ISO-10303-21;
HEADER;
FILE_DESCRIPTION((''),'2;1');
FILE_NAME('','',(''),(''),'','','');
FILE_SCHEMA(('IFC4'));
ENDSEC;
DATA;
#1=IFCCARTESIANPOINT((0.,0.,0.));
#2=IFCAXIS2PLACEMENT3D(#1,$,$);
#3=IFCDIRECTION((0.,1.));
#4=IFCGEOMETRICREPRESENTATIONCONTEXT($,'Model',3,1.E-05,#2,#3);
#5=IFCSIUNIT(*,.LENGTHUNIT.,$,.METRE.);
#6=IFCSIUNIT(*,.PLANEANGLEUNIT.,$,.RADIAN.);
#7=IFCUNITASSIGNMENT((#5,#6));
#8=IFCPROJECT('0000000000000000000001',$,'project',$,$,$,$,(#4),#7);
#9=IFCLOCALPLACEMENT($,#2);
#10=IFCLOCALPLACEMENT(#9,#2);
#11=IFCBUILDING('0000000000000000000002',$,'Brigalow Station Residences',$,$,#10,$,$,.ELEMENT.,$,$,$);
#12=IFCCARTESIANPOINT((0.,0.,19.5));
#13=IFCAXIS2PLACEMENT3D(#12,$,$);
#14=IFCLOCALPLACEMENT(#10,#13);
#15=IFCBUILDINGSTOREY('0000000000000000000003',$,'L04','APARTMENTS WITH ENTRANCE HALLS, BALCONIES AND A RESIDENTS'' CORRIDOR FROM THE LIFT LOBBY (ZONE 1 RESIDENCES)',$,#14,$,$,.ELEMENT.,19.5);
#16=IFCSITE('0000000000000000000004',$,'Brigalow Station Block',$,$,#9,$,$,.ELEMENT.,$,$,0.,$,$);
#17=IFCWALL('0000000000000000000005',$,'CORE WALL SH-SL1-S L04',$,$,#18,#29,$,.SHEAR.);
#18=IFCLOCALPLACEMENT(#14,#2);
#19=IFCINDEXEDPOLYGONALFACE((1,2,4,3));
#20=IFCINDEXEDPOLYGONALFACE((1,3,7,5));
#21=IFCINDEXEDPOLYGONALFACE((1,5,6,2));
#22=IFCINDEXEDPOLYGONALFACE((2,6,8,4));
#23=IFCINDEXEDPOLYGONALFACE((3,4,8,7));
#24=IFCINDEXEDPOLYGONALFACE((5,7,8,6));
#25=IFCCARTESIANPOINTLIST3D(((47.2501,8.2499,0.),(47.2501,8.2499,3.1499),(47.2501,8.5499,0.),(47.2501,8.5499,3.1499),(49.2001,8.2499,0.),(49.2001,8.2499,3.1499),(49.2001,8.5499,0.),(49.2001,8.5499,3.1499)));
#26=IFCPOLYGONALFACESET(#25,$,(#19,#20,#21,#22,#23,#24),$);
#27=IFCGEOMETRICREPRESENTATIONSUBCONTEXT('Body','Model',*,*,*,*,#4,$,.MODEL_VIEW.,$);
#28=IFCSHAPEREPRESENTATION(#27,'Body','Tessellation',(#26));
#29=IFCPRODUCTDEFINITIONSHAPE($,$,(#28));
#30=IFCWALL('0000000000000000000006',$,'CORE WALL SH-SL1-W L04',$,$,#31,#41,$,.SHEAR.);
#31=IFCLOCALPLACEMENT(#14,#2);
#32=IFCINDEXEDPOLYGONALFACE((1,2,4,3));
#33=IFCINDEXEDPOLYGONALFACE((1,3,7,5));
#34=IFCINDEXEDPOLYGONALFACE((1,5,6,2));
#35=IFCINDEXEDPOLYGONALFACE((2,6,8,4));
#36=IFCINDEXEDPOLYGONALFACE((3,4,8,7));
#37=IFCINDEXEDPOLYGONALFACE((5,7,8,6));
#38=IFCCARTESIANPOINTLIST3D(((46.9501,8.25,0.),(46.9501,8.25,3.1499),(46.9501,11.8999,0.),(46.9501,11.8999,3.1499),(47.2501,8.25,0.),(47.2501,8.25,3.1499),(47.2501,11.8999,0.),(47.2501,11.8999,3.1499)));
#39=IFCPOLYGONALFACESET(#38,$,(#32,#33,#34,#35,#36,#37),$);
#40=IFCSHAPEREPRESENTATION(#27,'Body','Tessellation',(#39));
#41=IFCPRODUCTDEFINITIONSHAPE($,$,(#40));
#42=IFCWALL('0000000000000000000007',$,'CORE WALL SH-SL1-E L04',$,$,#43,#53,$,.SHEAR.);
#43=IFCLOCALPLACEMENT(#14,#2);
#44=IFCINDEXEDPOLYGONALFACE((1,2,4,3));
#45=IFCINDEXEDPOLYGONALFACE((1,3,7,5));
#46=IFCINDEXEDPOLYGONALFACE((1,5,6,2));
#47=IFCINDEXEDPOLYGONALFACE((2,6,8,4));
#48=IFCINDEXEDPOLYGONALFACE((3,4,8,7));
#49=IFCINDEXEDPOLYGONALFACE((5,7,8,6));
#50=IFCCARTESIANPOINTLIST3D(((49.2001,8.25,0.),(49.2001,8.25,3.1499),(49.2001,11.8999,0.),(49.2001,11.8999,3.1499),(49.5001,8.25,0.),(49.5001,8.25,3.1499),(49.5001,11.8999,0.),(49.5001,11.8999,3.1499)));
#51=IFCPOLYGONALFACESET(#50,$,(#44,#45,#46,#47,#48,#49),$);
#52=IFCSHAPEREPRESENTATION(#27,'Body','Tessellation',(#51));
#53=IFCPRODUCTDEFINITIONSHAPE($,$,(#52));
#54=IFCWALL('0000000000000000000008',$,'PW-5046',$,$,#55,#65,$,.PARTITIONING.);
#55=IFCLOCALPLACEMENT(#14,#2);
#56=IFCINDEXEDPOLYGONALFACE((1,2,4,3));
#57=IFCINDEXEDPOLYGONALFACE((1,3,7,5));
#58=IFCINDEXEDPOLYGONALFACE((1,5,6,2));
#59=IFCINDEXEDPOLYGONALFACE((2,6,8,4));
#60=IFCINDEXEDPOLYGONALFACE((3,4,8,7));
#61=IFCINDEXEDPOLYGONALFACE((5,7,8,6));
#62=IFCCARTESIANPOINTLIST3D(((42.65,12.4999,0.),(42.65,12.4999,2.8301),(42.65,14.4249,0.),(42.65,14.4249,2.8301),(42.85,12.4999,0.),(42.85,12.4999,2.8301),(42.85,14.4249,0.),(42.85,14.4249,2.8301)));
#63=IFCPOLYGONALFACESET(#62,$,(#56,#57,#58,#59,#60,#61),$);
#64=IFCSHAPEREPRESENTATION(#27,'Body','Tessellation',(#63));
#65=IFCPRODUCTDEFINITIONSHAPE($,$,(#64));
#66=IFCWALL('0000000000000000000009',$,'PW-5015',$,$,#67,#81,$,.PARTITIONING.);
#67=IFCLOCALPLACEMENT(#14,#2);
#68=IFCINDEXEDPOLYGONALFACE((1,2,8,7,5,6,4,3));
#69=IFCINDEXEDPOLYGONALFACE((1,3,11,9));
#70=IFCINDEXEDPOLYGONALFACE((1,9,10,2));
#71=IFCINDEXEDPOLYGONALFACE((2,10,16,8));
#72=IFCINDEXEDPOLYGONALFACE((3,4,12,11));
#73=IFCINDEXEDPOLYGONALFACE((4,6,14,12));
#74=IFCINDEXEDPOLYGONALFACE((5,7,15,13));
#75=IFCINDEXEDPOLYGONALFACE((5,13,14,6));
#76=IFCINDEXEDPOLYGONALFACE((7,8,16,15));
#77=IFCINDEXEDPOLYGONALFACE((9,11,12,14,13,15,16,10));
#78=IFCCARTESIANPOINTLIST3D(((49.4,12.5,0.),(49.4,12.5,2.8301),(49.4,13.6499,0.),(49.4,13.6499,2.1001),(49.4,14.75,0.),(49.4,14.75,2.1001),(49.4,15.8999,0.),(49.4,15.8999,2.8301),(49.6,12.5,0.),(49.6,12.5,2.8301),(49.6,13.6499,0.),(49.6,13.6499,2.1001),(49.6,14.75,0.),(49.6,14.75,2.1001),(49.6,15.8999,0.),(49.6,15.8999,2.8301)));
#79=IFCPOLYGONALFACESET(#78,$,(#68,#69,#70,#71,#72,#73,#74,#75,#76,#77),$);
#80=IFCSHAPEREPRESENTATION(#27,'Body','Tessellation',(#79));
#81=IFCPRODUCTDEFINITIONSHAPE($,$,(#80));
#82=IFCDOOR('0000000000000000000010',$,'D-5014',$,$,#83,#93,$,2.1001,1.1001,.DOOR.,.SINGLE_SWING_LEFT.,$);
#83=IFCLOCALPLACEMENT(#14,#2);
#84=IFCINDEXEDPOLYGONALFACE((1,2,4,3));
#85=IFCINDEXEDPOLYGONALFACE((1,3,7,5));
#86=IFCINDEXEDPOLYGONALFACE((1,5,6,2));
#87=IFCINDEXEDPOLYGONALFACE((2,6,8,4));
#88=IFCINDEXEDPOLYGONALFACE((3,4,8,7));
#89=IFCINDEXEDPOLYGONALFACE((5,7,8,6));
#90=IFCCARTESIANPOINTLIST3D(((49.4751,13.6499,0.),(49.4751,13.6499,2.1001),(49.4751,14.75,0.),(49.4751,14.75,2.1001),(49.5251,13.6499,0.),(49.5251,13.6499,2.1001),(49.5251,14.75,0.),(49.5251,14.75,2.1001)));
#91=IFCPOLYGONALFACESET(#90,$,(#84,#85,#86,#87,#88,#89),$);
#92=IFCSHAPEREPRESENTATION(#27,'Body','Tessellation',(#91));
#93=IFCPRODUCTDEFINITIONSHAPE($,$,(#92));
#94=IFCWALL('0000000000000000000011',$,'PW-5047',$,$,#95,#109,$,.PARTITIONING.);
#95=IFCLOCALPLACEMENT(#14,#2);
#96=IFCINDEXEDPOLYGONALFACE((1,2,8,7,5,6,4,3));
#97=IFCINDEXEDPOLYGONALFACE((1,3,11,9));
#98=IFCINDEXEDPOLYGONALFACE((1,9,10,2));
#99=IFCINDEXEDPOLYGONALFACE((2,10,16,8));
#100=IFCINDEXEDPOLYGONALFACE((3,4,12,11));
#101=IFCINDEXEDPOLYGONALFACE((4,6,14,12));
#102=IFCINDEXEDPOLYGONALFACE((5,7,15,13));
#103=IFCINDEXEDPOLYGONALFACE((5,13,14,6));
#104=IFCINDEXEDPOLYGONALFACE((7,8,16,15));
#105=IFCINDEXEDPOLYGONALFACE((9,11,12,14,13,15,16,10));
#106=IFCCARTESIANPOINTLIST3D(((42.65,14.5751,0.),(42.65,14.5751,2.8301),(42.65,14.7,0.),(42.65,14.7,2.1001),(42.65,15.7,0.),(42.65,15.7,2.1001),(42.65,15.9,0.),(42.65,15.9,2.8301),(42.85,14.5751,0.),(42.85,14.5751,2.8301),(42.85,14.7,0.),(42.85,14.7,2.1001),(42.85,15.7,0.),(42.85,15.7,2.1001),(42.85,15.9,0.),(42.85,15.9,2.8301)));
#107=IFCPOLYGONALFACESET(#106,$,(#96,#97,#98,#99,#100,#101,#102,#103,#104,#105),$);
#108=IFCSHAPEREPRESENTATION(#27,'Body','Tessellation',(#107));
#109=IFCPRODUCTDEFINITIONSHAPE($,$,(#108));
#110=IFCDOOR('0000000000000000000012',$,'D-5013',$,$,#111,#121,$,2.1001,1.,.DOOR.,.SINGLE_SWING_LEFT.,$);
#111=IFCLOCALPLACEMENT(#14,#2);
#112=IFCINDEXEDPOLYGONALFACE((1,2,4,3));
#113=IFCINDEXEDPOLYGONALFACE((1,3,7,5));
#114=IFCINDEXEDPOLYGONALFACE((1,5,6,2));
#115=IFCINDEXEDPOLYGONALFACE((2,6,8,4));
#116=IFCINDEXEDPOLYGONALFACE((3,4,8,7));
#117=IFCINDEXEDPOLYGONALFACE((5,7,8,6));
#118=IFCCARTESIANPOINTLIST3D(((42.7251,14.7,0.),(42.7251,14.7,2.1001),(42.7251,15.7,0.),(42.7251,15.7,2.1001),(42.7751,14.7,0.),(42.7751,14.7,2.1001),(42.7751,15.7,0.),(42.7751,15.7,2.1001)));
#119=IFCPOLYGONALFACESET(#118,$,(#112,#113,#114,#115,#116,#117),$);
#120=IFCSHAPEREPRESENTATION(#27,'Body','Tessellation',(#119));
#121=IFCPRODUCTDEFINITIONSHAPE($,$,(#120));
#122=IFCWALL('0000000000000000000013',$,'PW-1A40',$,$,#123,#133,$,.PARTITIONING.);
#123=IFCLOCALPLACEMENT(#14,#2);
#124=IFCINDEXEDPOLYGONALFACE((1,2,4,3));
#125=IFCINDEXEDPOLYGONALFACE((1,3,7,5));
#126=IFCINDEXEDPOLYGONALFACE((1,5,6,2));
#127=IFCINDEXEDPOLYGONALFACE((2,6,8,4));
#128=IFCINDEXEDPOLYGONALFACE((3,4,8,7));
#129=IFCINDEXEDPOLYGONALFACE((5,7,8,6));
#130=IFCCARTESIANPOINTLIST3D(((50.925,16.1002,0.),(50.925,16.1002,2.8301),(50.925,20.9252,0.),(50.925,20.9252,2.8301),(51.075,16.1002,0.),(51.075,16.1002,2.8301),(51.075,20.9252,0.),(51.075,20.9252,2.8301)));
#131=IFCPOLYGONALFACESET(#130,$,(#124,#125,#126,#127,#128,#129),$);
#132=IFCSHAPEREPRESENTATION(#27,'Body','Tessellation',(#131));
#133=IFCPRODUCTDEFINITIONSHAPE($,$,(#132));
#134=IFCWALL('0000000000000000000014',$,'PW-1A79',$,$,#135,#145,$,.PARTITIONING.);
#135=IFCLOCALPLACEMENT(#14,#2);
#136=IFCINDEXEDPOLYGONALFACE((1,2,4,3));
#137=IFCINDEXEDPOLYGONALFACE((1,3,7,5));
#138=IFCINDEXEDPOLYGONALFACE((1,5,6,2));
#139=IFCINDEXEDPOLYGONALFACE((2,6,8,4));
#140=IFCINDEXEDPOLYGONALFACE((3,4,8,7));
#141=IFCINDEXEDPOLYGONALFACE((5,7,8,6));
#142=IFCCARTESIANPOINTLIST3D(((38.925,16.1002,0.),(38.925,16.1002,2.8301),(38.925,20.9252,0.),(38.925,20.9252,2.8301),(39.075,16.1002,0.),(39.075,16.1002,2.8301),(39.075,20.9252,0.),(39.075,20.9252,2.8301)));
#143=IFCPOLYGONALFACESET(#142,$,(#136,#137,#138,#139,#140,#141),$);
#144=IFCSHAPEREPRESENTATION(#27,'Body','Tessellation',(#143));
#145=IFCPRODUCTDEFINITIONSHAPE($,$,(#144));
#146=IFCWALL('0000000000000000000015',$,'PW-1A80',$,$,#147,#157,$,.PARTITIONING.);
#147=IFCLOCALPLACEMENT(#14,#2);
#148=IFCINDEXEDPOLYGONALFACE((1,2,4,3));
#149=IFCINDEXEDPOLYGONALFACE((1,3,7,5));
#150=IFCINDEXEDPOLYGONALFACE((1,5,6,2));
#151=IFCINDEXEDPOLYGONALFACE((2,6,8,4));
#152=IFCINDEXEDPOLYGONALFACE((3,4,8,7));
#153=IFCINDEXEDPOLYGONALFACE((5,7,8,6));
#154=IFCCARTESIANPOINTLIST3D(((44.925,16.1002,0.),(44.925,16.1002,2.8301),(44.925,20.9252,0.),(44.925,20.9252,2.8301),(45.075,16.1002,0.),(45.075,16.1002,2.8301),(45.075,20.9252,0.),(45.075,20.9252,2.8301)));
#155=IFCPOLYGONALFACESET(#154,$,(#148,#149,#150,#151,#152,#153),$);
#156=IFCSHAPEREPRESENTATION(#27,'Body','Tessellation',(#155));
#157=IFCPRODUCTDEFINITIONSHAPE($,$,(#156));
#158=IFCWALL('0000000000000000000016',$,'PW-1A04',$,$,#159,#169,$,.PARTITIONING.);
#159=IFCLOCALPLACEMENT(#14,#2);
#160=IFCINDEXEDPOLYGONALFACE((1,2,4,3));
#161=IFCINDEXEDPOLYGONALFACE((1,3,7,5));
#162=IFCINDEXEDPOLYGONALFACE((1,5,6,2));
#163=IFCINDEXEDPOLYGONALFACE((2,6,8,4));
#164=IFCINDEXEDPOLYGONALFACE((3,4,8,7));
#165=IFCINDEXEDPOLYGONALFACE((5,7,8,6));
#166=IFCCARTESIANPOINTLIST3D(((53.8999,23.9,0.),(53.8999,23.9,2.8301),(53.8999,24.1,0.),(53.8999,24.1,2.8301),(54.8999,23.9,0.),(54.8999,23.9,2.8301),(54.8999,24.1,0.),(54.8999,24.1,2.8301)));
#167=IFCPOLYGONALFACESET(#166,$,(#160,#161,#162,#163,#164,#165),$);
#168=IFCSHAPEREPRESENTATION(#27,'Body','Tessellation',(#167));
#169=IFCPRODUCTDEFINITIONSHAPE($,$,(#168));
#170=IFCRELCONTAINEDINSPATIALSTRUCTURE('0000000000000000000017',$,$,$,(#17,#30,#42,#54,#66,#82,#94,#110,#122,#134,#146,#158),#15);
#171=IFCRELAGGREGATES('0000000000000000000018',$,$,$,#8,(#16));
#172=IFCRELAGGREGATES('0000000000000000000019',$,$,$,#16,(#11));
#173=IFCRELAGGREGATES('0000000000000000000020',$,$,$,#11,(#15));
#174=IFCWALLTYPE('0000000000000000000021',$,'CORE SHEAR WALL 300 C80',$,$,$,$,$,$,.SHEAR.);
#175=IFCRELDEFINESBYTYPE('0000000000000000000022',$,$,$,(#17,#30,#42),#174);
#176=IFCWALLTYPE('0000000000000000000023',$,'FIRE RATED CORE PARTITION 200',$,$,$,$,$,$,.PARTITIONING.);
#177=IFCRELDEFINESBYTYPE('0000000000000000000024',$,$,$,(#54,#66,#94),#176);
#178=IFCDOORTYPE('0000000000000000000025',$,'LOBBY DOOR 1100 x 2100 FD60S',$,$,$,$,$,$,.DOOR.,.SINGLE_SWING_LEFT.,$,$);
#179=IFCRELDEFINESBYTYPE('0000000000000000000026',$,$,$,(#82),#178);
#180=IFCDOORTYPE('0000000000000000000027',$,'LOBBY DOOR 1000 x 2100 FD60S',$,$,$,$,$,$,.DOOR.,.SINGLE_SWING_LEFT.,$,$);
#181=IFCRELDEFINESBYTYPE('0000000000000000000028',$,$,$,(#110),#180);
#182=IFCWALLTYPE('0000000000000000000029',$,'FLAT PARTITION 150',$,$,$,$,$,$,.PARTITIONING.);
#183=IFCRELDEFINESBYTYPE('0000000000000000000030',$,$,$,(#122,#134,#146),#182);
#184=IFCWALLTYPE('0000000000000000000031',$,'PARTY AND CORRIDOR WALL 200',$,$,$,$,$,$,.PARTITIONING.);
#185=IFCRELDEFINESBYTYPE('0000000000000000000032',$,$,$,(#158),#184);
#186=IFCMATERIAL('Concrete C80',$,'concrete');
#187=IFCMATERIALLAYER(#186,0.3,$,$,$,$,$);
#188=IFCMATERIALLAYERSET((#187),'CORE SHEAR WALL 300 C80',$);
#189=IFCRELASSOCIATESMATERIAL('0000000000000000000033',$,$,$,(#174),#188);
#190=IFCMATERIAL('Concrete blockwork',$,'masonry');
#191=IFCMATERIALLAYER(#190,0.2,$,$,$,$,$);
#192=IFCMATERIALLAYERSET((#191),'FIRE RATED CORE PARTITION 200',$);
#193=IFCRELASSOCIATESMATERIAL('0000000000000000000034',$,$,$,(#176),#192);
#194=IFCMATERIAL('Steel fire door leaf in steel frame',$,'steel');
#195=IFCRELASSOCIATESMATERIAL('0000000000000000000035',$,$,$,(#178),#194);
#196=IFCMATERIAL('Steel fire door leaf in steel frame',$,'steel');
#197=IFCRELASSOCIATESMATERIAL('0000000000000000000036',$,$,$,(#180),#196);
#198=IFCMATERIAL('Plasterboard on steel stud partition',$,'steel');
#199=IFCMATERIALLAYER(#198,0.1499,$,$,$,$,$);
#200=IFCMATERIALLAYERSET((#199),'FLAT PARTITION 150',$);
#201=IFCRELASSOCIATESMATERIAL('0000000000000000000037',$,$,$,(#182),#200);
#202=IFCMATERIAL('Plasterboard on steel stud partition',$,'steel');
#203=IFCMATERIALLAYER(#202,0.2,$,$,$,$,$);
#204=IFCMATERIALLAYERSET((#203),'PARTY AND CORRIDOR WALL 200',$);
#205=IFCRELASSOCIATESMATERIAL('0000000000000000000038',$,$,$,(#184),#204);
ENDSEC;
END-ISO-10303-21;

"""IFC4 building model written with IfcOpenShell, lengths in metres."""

from ifc_helpers import new_model, si_unit, direction, frame, frame_2d, origin, place, context, subcontext, project, spatial, rectangle, extrude, material, layer, layer_set, type_object, element, fill, save


model = new_model("IFC4")

# Units and contexts
model_context = context("Model", 3, precision=1e-05, world=origin(), true_north=direction((0.0, 1.0)))
body_context = subcontext(model_context, "Body", "Model", "MODEL_VIEW")
ifc_project = project(units=[si_unit("LENGTHUNIT", "METRE"), si_unit("PLANEANGLEUNIT", "RADIAN")], contexts=[model_context])

# Site, building, storey
site_placement = place(None, origin())
site = spatial("IfcSite", under=ifc_project, at=site_placement, Name="Brigalow Station Block", CompositionType="ELEMENT", RefElevation=0.0)
building_placement = place(site_placement, origin())
building = spatial("IfcBuilding", under=site, at=building_placement, Name="Brigalow Station Residences", CompositionType="ELEMENT")
storey_placement = place(building_placement, frame((0.0, 0.0, 19.5)))
storey = spatial("IfcBuildingStorey", under=building, at=storey_placement, Name="L04", Description="APARTMENTS WITH ENTRANCE HALLS, BALCONIES AND A RESIDENTS' CORRIDOR FROM THE LIFT LOBBY (ZONE 1 RESIDENCES)", CompositionType="ELEMENT", Elevation=19.5)

# Walls
ifc_material_1 = material(Name="Concrete C80", Category="concrete")
ifc_layer_1 = layer(ifc_material_1, 0.3)
ifc_layer_set_1 = layer_set([ifc_layer_1], Name="CORE SHEAR WALL 300 C80")
wall_type_1 = type_object("IfcWallType", Name="CORE SHEAR WALL 300 C80", PredefinedType="SHEAR", material=ifc_layer_set_1)
wall_1_placement = place(storey_placement, frame((47.25, 8.3999, 0.0), z_axis=(0.0, 0.0, 1.0), x_axis=(1.0, 0.0, 0.0)))
element("IfcWall", 1, at=wall_1_placement, inside=storey, type_object=wall_type_1, Name="CORE WALL SH-SL1-S L04", PredefinedType="SHEAR", context=body_context, shape_type="SweptSolid", body=[
    extrude(rectangle(XDim=1.95, YDim=0.3, at=frame_2d((0.9751, 0.0))), origin(), (0.0, 0.0, 1.0), 3.1499),
])
for number, where, z_axis, x_axis, name in (
    (2, (47.1001, 8.25, 0.0), (0.0, 0.0, 1.0), (0.0, 1.0, 0.0), "CORE WALL SH-SL1-W L04"),
    (3, (49.3501, 8.25, 0.0), (0.0, 0.0, 1.0), (0.0, 1.0, 0.0), "CORE WALL SH-SL1-E L04"),
):
    element("IfcWall", number, at=place(storey_placement, frame(where, z_axis=z_axis, x_axis=x_axis)), inside=storey, type_object=wall_type_1, Name=name, PredefinedType="SHEAR", context=body_context, shape_type="SweptSolid", body=[
        extrude(rectangle(XDim=3.6499, YDim=0.3, at=frame_2d((1.825, 0.0))), origin(), (0.0, 0.0, 1.0), 3.1499),
    ])
ifc_material_2 = material(Name="Concrete blockwork", Category="masonry")
ifc_layer_2 = layer(ifc_material_2, 0.2)
ifc_layer_set_2 = layer_set([ifc_layer_2], Name="FIRE RATED CORE PARTITION 200")
wall_type_2 = type_object("IfcWallType", Name="FIRE RATED CORE PARTITION 200", PredefinedType="PARTITIONING", material=ifc_layer_set_2)
wall_2_placement = place(storey_placement, frame((42.75, 12.5, 0.0), z_axis=(0.0, 0.0, 1.0), x_axis=(0.0, 1.0, 0.0)))
element("IfcWall", 4, at=wall_2_placement, inside=storey, type_object=wall_type_2, Name="PW-5046", PredefinedType="PARTITIONING", context=body_context, shape_type="SweptSolid", body=[
    extrude(rectangle(XDim=1.925, YDim=0.2, at=frame_2d((0.9624, 0.0))), origin(), (0.0, 0.0, 1.0), 2.8301),
])

# Walls, openings, doors
wall_3_placement = place(storey_placement, frame((49.5, 12.5, 0.0), z_axis=(0.0, 0.0, 1.0), x_axis=(0.0, 1.0, 0.0)))
wall_3 = element("IfcWall", 5, at=wall_3_placement, inside=storey, type_object=wall_type_2, Name="PW-5015", PredefinedType="PARTITIONING", context=body_context, shape_type="SweptSolid", body=[
    extrude(rectangle(XDim=3.3999, YDim=0.2, at=frame_2d((1.7, 0.0))), origin(), (0.0, 0.0, 1.0), 2.8301),
])
opening_1_placement = place(wall_3_placement, frame((1.1499, 0.0, 0.0)))
opening_1 = element("IfcOpeningElement", 6, at=opening_1_placement, cuts=wall_3, PredefinedType="OPENING", context=body_context, shape_type="SweptSolid", body=[
    extrude(rectangle(XDim=1.1001, YDim=2.1001, at=frame_2d((0.55, 1.05))), frame((0.0, 0.1099, 0.0), z_axis=(0.0, -1.0, 0.0), x_axis=(1.0, 0.0, 0.0)), (0.0, 0.0, 1.0), 0.22),
])
ifc_material_3 = material(Name="Steel fire door leaf in steel frame", Category="steel")
door_type_1 = type_object("IfcDoorType", Name="LOBBY DOOR 1100 x 2100 FD60S", OperationType="SINGLE_SWING_LEFT", PredefinedType="DOOR", material=ifc_material_3)
door_1_placement = place(opening_1_placement, origin())
door_1 = element("IfcDoor", 7, at=door_1_placement, inside=storey, type_object=door_type_1, Name="D-5014", OperationType="SINGLE_SWING_LEFT", OverallHeight=2.1001, OverallWidth=1.1001, PredefinedType="DOOR", context=body_context, shape_type="SweptSolid", body=[
    extrude(rectangle(XDim=1.1001, YDim=2.1001, at=frame_2d((0.55, 1.05))), frame((0.0, 0.0249, 0.0), z_axis=(0.0, -1.0, 0.0), x_axis=(1.0, 0.0, 0.0)), (0.0, 0.0, 1.0), 0.05),
])
fill(opening_1, door_1)
wall_4_placement = place(storey_placement, frame((42.75, 14.575, 0.0), z_axis=(0.0, 0.0, 1.0), x_axis=(0.0, 1.0, 0.0)))
wall_4 = element("IfcWall", 8, at=wall_4_placement, inside=storey, type_object=wall_type_2, Name="PW-5047", PredefinedType="PARTITIONING", context=body_context, shape_type="SweptSolid", body=[
    extrude(rectangle(XDim=1.325, YDim=0.2, at=frame_2d((0.6626, 0.0))), origin(), (0.0, 0.0, 1.0), 2.8301),
])
opening_2_placement = place(wall_4_placement, frame((0.125, 0.0, 0.0)))
opening_2 = element("IfcOpeningElement", 9, at=opening_2_placement, cuts=wall_4, PredefinedType="OPENING", context=body_context, shape_type="SweptSolid", body=[
    extrude(rectangle(XDim=1.0, YDim=2.1001, at=frame_2d((0.5, 1.05))), frame((0.0, 0.1099, 0.0), z_axis=(0.0, -1.0, 0.0), x_axis=(1.0, 0.0, 0.0)), (0.0, 0.0, 1.0), 0.22),
])
ifc_material_4 = material(Name="Steel fire door leaf in steel frame", Category="steel")
door_type_2 = type_object("IfcDoorType", Name="LOBBY DOOR 1000 x 2100 FD60S", OperationType="SINGLE_SWING_LEFT", PredefinedType="DOOR", material=ifc_material_4)
door_2_placement = place(opening_2_placement, origin())
door_2 = element("IfcDoor", 10, at=door_2_placement, inside=storey, type_object=door_type_2, Name="D-5013", OperationType="SINGLE_SWING_LEFT", OverallHeight=2.1001, OverallWidth=1.0, PredefinedType="DOOR", context=body_context, shape_type="SweptSolid", body=[
    extrude(rectangle(XDim=1.0, YDim=2.1001, at=frame_2d((0.5, 1.05))), frame((0.0, 0.0249, 0.0), z_axis=(0.0, -1.0, 0.0), x_axis=(1.0, 0.0, 0.0)), (0.0, 0.0, 1.0), 0.05),
])
fill(opening_2, door_2)

# Walls
ifc_material_5 = material(Name="Plasterboard on steel stud partition", Category="steel")
ifc_layer_3 = layer(ifc_material_5, 0.1499)
ifc_layer_set_3 = layer_set([ifc_layer_3], Name="FLAT PARTITION 150")
wall_type_3 = type_object("IfcWallType", Name="FLAT PARTITION 150", PredefinedType="PARTITIONING", material=ifc_layer_set_3)
for number, where, z_axis, x_axis, name in (
    (11, (51.0, 16.1001, 0.0), (0.0, 0.0, 1.0), (0.0, 1.0, 0.0), "PW-1A40"),
    (12, (39.0, 16.1001, 0.0), (0.0, 0.0, 1.0), (0.0, 1.0, 0.0), "PW-1A79"),
    (13, (45.0, 16.1001, 0.0), (0.0, 0.0, 1.0), (0.0, 1.0, 0.0), "PW-1A80"),
):
    element("IfcWall", number, at=place(storey_placement, frame(where, z_axis=z_axis, x_axis=x_axis)), inside=storey, type_object=wall_type_3, Name=name, PredefinedType="PARTITIONING", context=body_context, shape_type="SweptSolid", body=[
        extrude(rectangle(XDim=4.825, YDim=0.1499, at=frame_2d((2.4126, 0.0))), origin(), (0.0, 0.0, 1.0), 2.8301),
    ])
ifc_material_6 = material(Name="Plasterboard on steel stud partition", Category="steel")
ifc_layer_4 = layer(ifc_material_6, 0.2)
ifc_layer_set_4 = layer_set([ifc_layer_4], Name="PARTY AND CORRIDOR WALL 200")
wall_type_4 = type_object("IfcWallType", Name="PARTY AND CORRIDOR WALL 200", PredefinedType="PARTITIONING", material=ifc_layer_set_4)
wall_5_placement = place(storey_placement, frame((53.8999, 24.0, 0.0), z_axis=(0.0, 0.0, 1.0), x_axis=(1.0, 0.0, 0.0)))
element("IfcWall", 14, at=wall_5_placement, inside=storey, type_object=wall_type_4, Name="PW-1A04", PredefinedType="PARTITIONING", context=body_context, shape_type="SweptSolid", body=[
    extrude(rectangle(XDim=1.0, YDim=0.2, at=frame_2d((0.5, 0.0))), origin(), (0.0, 0.0, 1.0), 2.8301),
])

save(model, "model.ifc")
